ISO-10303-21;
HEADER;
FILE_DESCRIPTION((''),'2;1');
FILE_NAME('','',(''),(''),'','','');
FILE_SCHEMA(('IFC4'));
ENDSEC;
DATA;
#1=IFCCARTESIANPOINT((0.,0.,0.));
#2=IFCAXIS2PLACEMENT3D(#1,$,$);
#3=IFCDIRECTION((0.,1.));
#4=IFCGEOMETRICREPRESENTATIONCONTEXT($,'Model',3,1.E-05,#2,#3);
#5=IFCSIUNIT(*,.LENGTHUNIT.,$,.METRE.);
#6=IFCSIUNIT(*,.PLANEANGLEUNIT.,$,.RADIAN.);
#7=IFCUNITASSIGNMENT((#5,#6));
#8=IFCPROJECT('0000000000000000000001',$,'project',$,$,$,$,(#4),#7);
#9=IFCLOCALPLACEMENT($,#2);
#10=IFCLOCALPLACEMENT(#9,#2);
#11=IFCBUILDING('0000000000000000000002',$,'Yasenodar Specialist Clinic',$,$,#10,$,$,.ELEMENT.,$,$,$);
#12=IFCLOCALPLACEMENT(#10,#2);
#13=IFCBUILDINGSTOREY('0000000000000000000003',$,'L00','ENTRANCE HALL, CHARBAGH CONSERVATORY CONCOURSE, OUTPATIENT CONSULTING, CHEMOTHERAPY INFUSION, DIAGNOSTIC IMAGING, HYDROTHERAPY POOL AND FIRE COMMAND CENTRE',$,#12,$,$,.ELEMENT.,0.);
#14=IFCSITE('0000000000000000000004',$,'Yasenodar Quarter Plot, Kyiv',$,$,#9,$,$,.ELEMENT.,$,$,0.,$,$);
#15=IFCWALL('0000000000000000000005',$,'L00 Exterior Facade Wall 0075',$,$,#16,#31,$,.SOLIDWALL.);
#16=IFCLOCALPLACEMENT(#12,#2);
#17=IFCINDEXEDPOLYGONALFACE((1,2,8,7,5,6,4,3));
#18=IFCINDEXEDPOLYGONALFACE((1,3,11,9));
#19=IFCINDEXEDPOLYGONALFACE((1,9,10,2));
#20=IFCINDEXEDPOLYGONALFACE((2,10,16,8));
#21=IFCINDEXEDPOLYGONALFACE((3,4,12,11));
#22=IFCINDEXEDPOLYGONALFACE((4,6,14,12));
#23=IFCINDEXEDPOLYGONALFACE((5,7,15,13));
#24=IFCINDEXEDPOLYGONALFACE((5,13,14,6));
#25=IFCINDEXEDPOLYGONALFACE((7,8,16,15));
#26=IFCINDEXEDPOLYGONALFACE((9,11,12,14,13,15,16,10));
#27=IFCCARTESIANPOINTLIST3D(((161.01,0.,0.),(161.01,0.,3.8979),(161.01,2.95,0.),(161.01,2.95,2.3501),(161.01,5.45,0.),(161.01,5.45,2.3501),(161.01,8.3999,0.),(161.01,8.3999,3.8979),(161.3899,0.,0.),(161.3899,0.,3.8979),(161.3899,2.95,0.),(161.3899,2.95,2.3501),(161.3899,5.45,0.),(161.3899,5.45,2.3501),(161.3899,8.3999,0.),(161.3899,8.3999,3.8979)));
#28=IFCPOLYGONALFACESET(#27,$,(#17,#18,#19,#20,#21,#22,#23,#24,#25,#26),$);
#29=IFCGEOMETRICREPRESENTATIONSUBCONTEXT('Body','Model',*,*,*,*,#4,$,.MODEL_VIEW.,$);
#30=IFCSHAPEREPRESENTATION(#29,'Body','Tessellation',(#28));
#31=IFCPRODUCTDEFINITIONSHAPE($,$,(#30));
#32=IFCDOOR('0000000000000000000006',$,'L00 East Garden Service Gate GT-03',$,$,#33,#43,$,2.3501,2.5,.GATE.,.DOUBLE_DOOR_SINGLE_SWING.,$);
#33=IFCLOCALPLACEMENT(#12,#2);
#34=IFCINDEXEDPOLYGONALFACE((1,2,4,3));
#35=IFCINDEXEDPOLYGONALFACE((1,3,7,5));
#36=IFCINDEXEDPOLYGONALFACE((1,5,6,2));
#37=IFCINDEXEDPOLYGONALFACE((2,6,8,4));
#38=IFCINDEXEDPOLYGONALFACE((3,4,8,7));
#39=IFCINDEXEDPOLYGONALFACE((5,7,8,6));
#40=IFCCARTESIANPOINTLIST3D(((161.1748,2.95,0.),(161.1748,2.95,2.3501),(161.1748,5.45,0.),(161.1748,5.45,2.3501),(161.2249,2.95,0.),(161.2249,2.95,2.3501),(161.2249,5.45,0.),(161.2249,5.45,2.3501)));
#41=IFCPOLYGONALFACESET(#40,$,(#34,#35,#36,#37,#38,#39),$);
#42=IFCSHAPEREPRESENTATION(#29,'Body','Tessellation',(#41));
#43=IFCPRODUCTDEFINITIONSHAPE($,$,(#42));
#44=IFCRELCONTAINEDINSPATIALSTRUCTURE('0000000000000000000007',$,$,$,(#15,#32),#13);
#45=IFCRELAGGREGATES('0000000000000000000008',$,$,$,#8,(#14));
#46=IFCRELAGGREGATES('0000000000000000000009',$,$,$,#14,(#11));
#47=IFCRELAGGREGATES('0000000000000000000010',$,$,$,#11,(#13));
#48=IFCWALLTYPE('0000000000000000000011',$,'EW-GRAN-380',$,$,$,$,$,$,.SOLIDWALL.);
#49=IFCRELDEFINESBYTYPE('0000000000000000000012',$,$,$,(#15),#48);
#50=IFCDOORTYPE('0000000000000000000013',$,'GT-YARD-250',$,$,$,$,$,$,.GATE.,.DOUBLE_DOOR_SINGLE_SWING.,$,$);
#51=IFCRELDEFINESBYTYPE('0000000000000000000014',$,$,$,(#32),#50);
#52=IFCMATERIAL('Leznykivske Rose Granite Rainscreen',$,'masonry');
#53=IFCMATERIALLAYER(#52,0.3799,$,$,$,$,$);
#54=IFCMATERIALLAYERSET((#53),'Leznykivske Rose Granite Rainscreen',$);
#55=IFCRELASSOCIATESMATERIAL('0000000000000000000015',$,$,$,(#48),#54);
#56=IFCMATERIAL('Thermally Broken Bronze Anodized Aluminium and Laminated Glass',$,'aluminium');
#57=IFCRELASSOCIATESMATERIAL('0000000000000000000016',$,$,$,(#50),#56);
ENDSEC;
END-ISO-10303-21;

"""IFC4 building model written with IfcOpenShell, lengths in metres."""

from ifc_helpers import new_model, si_unit, direction, frame, frame_2d, origin, place, context, subcontext, project, spatial, rectangle, extrude, material, layer, layer_set, type_object, element, fill, save


model = new_model("IFC4")

# Units and contexts
model_context = context("Model", 3, precision=1e-05, world=origin(), true_north=direction((0.0, 1.0)))
body_context = subcontext(model_context, "Body", "Model", "MODEL_VIEW")
ifc_project = project(units=[si_unit("LENGTHUNIT", "METRE"), si_unit("PLANEANGLEUNIT", "RADIAN")], contexts=[model_context])

# Site, building, storey
site_placement = place(None, origin())
site = spatial("IfcSite", under=ifc_project, at=site_placement, Name="Yasenodar Quarter Plot, Kyiv", CompositionType="ELEMENT", RefElevation=0.0)
building_placement = place(site_placement, origin())
building = spatial("IfcBuilding", under=site, at=building_placement, Name="Yasenodar Specialist Clinic", CompositionType="ELEMENT")
storey_placement = place(building_placement, origin())
storey = spatial("IfcBuildingStorey", under=building, at=storey_placement, Name="L00", Description="ENTRANCE HALL, CHARBAGH CONSERVATORY CONCOURSE, OUTPATIENT CONSULTING, CHEMOTHERAPY INFUSION, DIAGNOSTIC IMAGING, HYDROTHERAPY POOL AND FIRE COMMAND CENTRE", CompositionType="ELEMENT", Elevation=0.0)

# Wall, opening, door
ifc_material_1 = material(Name="Leznykivske Rose Granite Rainscreen", Category="masonry")
ifc_layer_1 = layer(ifc_material_1, 0.3799)
ifc_layer_set_1 = layer_set([ifc_layer_1], Name="Leznykivske Rose Granite Rainscreen")
wall_type = type_object("IfcWallType", Name="EW-GRAN-380", PredefinedType="SOLIDWALL", material=ifc_layer_set_1)
wall_placement = place(storey_placement, frame((161.2, 8.3999, 0.0), z_axis=(0.0, 0.0, 1.0), x_axis=(0.0, -1.0, 0.0)))
wall = element("IfcWall", 1, at=wall_placement, inside=storey, type_object=wall_type, Name="L00 Exterior Facade Wall 0075", PredefinedType="SOLIDWALL", context=body_context, shape_type="SweptSolid", body=[
    extrude(rectangle(XDim=8.3999, YDim=0.3799, at=frame_2d((4.2, 0.0))), origin(), (0.0, 0.0, 1.0), 3.8979),
])
opening_placement = place(wall_placement, frame((2.95, 0.0, 0.0)))
opening = element("IfcOpeningElement", 2, at=opening_placement, cuts=wall, PredefinedType="OPENING", context=body_context, shape_type="SweptSolid", body=[
    extrude(rectangle(XDim=2.5, YDim=2.3501, at=frame_2d((1.25, 1.175))), frame((0.0, 0.2, 0.0), z_axis=(0.0, -1.0, 0.0), x_axis=(1.0, 0.0, 0.0)), (0.0, 0.0, 1.0), 0.3999),
])
ifc_material_2 = material(Name="Thermally Broken Bronze Anodized Aluminium and Laminated Glass", Category="aluminium")
door_type = type_object("IfcDoorType", Name="GT-YARD-250", OperationType="DOUBLE_DOOR_SINGLE_SWING", PredefinedType="GATE", material=ifc_material_2)
door_placement = place(opening_placement, origin())
door = element("IfcDoor", 3, at=door_placement, inside=storey, type_object=door_type, Name="L00 East Garden Service Gate GT-03", OperationType="DOUBLE_DOOR_SINGLE_SWING", OverallHeight=2.3501, OverallWidth=2.5, PredefinedType="GATE", context=body_context, shape_type="SweptSolid", body=[
    extrude(rectangle(XDim=2.5, YDim=2.3501, at=frame_2d((1.25, 1.175))), frame((0.0, 0.0249, 0.0), z_axis=(0.0, -1.0, 0.0), x_axis=(1.0, 0.0, 0.0)), (0.0, 0.0, 1.0), 0.05),
])
fill(opening, door)

save(model, "model.ifc")
